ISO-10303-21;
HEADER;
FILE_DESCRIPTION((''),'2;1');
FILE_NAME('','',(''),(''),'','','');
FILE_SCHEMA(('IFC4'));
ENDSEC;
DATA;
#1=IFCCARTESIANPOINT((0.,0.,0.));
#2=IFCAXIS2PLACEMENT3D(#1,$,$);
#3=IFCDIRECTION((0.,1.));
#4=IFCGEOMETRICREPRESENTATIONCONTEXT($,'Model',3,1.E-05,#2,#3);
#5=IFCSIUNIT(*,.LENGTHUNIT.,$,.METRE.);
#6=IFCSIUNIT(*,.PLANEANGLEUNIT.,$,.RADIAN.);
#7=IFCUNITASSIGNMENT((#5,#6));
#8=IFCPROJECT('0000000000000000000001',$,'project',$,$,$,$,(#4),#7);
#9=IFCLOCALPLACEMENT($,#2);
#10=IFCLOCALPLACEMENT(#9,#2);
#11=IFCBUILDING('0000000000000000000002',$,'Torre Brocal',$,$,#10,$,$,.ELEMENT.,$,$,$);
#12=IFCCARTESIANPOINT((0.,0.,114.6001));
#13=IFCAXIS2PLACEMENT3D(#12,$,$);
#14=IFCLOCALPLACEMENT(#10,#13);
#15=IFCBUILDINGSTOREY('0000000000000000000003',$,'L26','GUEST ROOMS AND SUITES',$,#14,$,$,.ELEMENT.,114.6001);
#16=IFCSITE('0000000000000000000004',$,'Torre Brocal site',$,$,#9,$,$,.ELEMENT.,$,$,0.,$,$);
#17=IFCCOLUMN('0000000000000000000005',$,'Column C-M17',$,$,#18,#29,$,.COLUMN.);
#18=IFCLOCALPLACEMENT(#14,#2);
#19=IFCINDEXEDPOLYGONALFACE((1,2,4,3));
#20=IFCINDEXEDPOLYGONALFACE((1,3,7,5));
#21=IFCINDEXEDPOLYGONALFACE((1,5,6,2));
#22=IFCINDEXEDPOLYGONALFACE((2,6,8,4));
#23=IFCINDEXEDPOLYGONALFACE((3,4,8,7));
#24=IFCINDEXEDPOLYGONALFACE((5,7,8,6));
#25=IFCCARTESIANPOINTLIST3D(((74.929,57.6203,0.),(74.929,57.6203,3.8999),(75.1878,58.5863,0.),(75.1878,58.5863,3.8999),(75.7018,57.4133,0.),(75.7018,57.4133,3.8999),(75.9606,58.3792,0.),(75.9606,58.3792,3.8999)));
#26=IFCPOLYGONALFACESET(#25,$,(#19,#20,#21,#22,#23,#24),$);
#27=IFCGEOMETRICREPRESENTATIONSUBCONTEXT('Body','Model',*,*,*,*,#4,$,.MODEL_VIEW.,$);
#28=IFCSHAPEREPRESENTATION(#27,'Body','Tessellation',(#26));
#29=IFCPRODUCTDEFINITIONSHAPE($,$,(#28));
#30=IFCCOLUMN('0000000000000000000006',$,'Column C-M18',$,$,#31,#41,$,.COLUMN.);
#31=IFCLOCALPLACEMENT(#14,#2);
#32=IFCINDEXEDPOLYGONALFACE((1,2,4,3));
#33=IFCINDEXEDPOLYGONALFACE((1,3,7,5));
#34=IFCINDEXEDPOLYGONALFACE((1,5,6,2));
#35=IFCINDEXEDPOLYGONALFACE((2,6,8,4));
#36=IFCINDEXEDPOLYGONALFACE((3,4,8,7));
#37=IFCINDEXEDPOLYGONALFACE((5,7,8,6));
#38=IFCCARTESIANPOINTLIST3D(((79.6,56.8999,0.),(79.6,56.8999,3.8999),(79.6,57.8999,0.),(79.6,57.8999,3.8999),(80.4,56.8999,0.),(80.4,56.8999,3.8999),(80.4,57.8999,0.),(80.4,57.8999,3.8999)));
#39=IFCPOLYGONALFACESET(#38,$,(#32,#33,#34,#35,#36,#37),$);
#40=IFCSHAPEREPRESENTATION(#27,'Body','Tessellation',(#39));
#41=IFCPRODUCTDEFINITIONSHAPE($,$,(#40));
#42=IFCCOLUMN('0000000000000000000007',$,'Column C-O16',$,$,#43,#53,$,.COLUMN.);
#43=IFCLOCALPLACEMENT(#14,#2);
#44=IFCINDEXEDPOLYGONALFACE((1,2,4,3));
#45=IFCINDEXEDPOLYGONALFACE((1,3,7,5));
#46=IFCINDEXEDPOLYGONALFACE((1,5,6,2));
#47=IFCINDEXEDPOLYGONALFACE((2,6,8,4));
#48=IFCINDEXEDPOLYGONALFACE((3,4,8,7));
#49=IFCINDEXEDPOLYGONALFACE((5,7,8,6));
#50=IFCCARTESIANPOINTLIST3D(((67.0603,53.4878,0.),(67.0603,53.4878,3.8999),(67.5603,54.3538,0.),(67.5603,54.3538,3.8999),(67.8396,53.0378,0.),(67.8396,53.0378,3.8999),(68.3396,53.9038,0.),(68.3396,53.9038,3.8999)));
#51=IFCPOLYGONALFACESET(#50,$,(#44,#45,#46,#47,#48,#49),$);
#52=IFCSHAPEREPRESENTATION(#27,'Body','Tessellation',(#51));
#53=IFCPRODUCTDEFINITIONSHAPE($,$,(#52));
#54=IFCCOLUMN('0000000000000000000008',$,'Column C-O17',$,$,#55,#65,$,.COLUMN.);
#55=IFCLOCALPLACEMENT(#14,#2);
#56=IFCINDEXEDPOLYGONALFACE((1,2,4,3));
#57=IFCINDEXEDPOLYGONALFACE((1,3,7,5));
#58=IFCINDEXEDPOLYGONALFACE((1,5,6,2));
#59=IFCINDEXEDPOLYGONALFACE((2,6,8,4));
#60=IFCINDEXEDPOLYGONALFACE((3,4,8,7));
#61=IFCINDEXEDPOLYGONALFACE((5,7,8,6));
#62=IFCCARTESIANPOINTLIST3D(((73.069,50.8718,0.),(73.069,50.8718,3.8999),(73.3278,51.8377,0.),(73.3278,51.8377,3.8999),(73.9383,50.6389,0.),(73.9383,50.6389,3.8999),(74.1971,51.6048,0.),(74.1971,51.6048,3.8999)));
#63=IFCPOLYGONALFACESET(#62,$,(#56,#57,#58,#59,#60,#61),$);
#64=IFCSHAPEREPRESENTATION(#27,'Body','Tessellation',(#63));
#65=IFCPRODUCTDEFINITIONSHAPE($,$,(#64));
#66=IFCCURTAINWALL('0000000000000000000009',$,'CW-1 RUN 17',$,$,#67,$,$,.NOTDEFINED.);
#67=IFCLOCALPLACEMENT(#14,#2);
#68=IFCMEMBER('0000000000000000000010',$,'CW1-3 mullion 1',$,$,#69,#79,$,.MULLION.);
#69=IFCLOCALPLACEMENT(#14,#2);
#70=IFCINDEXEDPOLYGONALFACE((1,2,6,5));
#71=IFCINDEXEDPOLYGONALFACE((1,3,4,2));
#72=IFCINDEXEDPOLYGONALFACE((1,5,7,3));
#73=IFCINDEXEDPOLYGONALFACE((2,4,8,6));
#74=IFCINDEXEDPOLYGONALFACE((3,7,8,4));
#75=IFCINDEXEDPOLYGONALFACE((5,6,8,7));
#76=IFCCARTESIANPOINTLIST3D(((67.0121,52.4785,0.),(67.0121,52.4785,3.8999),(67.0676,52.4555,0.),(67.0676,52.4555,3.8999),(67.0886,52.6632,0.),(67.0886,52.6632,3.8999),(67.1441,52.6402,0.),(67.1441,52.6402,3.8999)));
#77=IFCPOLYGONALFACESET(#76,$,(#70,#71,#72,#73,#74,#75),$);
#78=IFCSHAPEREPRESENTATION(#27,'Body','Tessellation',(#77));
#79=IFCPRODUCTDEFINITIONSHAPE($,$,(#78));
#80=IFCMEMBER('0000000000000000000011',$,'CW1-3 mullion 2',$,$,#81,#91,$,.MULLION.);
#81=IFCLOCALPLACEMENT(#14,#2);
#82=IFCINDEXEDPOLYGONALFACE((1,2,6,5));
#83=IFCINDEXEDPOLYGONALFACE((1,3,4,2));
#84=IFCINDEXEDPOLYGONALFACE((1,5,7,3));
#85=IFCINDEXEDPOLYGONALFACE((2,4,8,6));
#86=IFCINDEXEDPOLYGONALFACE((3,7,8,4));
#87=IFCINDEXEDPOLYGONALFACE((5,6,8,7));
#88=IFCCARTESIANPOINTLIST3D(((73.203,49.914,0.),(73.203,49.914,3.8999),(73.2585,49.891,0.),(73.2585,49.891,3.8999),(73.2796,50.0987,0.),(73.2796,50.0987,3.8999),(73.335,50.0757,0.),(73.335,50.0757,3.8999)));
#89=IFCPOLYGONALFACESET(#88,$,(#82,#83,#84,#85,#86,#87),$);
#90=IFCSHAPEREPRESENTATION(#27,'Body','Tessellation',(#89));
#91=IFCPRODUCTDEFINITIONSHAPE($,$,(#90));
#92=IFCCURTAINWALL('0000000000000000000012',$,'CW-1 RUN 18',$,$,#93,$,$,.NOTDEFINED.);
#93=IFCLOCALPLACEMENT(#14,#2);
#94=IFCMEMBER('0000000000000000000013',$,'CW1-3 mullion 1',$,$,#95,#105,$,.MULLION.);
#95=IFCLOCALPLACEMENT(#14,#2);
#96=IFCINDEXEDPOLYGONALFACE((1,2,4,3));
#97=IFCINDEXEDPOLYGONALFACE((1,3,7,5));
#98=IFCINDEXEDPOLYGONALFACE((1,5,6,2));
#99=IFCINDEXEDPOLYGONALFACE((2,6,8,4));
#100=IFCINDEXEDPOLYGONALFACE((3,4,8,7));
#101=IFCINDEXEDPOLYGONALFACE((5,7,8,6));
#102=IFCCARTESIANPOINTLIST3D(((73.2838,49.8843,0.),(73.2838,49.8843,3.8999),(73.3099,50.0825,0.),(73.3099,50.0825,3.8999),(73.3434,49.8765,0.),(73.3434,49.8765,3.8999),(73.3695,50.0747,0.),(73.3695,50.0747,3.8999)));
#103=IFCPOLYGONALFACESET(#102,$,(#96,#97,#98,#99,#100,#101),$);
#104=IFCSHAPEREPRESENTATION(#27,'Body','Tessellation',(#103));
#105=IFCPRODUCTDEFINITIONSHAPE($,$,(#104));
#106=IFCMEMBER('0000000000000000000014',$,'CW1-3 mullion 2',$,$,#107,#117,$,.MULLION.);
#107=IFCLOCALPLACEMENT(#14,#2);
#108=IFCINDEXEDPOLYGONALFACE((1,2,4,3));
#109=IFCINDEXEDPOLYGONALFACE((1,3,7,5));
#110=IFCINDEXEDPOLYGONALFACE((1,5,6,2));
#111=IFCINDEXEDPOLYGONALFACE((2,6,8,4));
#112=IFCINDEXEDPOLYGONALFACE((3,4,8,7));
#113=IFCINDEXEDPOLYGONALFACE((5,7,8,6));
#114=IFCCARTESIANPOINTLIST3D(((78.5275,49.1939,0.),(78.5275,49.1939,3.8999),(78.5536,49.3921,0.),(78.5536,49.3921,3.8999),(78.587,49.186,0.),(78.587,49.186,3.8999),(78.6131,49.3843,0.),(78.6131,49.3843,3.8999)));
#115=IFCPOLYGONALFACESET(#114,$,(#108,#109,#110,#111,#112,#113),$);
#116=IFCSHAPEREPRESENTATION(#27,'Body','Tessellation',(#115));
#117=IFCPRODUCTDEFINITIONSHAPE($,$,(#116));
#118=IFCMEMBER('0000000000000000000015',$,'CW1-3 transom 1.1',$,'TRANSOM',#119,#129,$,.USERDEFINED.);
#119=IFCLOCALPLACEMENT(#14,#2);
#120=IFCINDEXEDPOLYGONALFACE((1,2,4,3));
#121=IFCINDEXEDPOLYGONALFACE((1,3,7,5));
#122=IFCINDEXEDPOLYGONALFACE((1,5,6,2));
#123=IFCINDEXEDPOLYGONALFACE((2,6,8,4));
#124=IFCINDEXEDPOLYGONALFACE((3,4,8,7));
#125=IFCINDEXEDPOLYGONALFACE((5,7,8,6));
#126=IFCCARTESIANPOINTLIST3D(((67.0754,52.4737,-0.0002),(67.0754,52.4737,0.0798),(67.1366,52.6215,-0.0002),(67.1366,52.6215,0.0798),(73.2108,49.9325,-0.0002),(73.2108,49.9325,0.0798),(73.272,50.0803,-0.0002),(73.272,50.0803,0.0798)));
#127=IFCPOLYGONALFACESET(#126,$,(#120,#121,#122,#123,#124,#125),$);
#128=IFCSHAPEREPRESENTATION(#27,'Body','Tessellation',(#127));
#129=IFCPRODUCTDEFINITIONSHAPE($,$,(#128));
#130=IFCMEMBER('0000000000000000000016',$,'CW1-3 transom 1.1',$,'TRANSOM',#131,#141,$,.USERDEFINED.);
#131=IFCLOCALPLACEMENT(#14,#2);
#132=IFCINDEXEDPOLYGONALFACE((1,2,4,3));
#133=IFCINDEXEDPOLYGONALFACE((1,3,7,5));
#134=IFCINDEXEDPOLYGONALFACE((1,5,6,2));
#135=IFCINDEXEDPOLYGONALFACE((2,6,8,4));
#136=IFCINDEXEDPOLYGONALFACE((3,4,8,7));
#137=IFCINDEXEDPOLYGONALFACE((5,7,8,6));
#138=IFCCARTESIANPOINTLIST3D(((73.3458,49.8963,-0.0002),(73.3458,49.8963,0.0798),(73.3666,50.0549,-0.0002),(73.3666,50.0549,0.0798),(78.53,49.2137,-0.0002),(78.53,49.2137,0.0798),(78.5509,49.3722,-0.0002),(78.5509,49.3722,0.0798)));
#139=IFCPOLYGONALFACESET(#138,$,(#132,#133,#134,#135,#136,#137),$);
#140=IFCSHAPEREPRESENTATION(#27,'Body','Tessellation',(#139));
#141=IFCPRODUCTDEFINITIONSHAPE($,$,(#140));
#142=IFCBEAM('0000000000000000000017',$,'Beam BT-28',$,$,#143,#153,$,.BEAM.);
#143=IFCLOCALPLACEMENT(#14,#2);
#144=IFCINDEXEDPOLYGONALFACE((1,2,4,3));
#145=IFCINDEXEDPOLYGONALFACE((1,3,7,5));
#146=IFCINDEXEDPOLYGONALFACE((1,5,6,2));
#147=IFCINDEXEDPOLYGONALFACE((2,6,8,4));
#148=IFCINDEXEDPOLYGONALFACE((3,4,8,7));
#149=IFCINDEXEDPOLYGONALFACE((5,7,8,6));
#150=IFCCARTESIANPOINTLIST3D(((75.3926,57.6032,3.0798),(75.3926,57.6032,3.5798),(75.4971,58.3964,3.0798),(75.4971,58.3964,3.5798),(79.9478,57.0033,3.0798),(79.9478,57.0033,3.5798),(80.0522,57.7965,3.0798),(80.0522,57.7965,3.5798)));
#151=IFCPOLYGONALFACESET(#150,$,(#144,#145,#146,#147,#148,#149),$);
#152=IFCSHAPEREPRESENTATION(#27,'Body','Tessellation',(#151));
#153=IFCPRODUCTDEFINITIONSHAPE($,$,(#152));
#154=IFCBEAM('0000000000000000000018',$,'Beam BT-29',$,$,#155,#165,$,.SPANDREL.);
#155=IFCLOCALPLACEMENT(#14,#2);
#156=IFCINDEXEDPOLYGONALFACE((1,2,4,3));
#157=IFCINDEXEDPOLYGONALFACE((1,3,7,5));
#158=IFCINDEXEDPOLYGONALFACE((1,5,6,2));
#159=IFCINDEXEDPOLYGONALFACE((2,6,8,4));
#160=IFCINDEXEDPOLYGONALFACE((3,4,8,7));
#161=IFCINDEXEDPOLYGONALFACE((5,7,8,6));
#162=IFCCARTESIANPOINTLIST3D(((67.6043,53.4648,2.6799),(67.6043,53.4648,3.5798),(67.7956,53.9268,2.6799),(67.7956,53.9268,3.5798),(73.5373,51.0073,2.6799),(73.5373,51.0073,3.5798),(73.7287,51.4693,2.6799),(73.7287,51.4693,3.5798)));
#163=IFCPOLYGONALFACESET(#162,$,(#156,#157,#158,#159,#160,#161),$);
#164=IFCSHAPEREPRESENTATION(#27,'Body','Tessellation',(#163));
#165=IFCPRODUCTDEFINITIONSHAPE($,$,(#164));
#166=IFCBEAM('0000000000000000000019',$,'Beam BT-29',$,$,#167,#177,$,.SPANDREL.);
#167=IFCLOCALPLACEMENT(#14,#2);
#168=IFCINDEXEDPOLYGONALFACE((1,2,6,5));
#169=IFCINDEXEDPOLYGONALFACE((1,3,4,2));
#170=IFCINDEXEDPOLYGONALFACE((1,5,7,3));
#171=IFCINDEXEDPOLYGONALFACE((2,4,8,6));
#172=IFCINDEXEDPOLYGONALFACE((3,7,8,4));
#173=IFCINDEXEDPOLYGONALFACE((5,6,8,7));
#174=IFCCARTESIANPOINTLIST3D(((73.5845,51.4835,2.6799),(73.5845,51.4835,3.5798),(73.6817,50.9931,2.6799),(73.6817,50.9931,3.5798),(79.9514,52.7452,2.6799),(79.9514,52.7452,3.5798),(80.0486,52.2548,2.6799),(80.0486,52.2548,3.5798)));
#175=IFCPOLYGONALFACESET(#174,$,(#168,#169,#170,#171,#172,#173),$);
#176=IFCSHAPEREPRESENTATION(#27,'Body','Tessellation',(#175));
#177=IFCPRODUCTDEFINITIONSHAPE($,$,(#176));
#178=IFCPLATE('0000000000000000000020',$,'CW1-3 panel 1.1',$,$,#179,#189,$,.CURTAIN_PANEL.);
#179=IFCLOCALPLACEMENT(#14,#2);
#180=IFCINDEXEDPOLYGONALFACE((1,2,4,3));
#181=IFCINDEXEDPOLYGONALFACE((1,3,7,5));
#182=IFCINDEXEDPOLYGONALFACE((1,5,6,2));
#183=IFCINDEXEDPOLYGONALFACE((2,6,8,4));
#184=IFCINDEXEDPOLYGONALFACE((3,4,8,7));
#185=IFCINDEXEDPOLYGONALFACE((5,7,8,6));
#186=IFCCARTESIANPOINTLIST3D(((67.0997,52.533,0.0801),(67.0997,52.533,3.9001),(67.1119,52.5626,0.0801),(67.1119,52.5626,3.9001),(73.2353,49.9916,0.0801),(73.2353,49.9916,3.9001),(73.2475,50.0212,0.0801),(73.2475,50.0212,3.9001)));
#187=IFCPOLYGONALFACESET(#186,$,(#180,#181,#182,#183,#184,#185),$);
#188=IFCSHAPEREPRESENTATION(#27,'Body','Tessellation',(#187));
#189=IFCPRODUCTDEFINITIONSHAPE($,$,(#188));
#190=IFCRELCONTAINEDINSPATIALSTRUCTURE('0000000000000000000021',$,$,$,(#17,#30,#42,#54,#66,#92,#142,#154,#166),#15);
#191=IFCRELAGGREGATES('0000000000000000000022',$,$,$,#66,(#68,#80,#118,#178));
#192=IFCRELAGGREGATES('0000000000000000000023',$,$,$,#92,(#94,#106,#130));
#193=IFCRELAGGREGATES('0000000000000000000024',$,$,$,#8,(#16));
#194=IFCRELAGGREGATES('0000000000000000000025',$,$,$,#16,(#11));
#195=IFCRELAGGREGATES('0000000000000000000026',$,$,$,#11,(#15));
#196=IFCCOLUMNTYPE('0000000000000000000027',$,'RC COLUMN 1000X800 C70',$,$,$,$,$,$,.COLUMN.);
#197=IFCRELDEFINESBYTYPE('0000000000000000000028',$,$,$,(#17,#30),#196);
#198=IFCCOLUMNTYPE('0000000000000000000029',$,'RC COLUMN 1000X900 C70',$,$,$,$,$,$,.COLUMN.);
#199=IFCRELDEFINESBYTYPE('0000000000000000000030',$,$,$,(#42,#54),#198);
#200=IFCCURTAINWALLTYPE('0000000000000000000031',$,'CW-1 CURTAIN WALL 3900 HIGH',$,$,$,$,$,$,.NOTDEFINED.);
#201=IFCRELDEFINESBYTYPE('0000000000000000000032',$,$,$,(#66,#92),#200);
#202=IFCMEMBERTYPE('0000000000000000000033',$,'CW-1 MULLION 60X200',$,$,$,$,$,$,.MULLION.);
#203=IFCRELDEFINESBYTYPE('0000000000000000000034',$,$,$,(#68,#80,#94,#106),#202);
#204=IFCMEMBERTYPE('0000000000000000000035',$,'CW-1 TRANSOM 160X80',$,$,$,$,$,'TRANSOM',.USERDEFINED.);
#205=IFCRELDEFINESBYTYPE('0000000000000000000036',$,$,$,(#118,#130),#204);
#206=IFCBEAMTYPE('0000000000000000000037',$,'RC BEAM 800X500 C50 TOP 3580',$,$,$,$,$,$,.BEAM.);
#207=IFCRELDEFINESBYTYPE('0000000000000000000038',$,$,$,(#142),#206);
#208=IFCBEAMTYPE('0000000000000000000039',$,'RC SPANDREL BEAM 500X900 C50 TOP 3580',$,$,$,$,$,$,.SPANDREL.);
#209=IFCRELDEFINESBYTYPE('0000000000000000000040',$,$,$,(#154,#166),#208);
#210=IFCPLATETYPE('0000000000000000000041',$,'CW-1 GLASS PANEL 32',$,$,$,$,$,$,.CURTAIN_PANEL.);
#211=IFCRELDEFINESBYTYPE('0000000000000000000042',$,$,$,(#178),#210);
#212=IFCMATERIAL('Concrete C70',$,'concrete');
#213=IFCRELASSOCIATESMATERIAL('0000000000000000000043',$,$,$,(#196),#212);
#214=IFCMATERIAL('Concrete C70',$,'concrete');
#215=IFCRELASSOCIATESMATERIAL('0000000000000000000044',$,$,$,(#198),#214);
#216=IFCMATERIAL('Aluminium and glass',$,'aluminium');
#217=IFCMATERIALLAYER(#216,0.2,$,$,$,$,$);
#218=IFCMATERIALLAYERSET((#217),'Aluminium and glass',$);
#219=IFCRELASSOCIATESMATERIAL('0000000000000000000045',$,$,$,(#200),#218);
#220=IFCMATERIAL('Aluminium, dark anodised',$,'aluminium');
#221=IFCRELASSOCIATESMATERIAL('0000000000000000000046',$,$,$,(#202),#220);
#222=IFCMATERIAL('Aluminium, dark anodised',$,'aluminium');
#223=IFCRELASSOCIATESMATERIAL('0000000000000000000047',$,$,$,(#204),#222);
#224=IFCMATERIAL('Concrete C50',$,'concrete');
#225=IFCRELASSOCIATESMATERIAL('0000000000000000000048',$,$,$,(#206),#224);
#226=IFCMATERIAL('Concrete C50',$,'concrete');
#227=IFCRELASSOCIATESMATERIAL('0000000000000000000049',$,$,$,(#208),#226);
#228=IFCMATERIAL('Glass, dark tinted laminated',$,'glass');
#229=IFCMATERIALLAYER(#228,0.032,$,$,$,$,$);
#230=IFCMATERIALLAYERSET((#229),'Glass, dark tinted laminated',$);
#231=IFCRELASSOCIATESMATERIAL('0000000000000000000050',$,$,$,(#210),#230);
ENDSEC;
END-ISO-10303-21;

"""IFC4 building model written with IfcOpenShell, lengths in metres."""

from ifc_helpers import new_model, si_unit, direction, frame, origin, origin_2d, place, context, subcontext, project, spatial, rectangle, extrude, material, layer, layer_set, material_profile, profile_set, type_object, element, aggregate, save


model = new_model("IFC4")

# Units and contexts
model_context = context("Model", 3, precision=1e-05, world=origin(), true_north=direction((0.0, 1.0)))
body_context = subcontext(model_context, "Body", "Model", "MODEL_VIEW")
ifc_project = project(units=[si_unit("LENGTHUNIT", "METRE"), si_unit("PLANEANGLEUNIT", "RADIAN")], contexts=[model_context])

# Site, building, storey
site_placement = place(None, origin())
site = spatial("IfcSite", under=ifc_project, at=site_placement, Name="Torre Brocal site", CompositionType="ELEMENT", RefElevation=0.0)
building_placement = place(site_placement, origin())
building = spatial("IfcBuilding", under=site, at=building_placement, Name="Torre Brocal", CompositionType="ELEMENT")
storey_placement = place(building_placement, frame((0.0, 0.0, 114.6001)))
storey = spatial("IfcBuildingStorey", under=building, at=storey_placement, Name="L26", Description="GUEST ROOMS AND SUITES", CompositionType="ELEMENT", Elevation=114.6001)

# Columns
ifc_material_1 = material(Name="Concrete C70", Category="concrete")
ifc_material_profile_1 = material_profile(ifc_material_1, rectangle(XDim=1.0, YDim=0.8, at=origin_2d()), Name="RC 1000X800")
ifc_profile_set_1 = profile_set([ifc_material_profile_1], Name="Concrete C70")
column_type_1 = type_object("IfcColumnType", Name="RC COLUMN 1000X800 C70", PredefinedType="COLUMN", material=ifc_profile_set_1)
for number, where, z_axis, x_axis, name in (
    (1, (75.4448, 57.9998, 0.0), (0.0, 0.0, 1.0), (-0.258819, -0.965926, 0.0), "Column C-M17"),
    (2, (80.0, 57.3999, 0.0), (0.0, 0.0, 1.0), (0.0, -1.0, 0.0), "Column C-M18"),
):
    element("IfcColumn", number, at=place(storey_placement, frame(where, z_axis=z_axis, x_axis=x_axis)), inside=storey, type_object=column_type_1, Name=name, PredefinedType="COLUMN", context=body_context, shape_type="SweptSolid", body=[
        extrude(rectangle(XDim=1.0, YDim=0.8, at=origin_2d()), origin(), (0.0, 0.0, 1.0), 3.8999),
    ])
ifc_material_2 = material(Name="Concrete C70", Category="concrete")
ifc_material_profile_2 = material_profile(ifc_material_2, rectangle(XDim=1.0, YDim=0.8999, at=origin_2d()), Name="RC 1000X900")
ifc_profile_set_2 = profile_set([ifc_material_profile_2], Name="Concrete C70")
column_type_2 = type_object("IfcColumnType", Name="RC COLUMN 1000X900 C70", PredefinedType="COLUMN", material=ifc_profile_set_2)
for number, where, z_axis, x_axis, name in (
    (3, (67.7, 53.6958, 0.0), (0.0, 0.0, 1.0), (-0.5, -0.866025, 0.0), "Column C-O16"),
    (4, (73.6331, 51.2383, 0.0), (0.0, 0.0, 1.0), (-0.258819, -0.965926, 0.0), "Column C-O17"),
):
    element("IfcColumn", number, at=place(storey_placement, frame(where, z_axis=z_axis, x_axis=x_axis)), inside=storey, type_object=column_type_2, Name=name, PredefinedType="COLUMN", context=body_context, shape_type="SweptSolid", body=[
        extrude(rectangle(XDim=1.0, YDim=0.8999, at=origin_2d()), origin(), (0.0, 0.0, 1.0), 3.8999),
    ])

# Curtain walls, members
ifc_material_3 = material(Name="Aluminium and glass", Category="aluminium")
ifc_layer_1 = layer(ifc_material_3, 0.2)
ifc_layer_set_1 = layer_set([ifc_layer_1], Name="Aluminium and glass")
curtain_wall_type = type_object("IfcCurtainWallType", Name="CW-1 CURTAIN WALL 3900 HIGH", PredefinedType="NOTDEFINED", material=ifc_layer_set_1)
curtain_wall_1_placement = place(storey_placement, origin())
curtain_wall_1 = element("IfcCurtainWall", 5, at=curtain_wall_1_placement, inside=storey, type_object=curtain_wall_type, Name="CW-1 RUN 17", PredefinedType="NOTDEFINED")
ifc_material_4 = material(Name="Aluminium, dark anodised", Category="aluminium")
ifc_material_profile_3 = material_profile(ifc_material_4, rectangle(XDim=0.2, YDim=0.0601, at=origin_2d()), Name="CW-1 MULLION 60X200")
ifc_profile_set_3 = profile_set([ifc_material_profile_3], Name="Aluminium, dark anodised")
member_type_1 = type_object("IfcMemberType", Name="CW-1 MULLION 60X200", PredefinedType="MULLION", material=ifc_profile_set_3)
member_1_placement = place(storey_placement, frame((67.0781, 52.5593, 0.0), z_axis=(0.0, 0.0, 1.0), x_axis=(0.382683, 0.92388, 0.0)))
member_1 = element("IfcMember", 6, at=member_1_placement, type_object=member_type_1, Name="CW1-3 mullion 1", PredefinedType="MULLION", context=body_context, shape_type="SweptSolid", body=[
    extrude(rectangle(XDim=0.2, YDim=0.0601, at=origin_2d()), origin(), (0.0, 0.0, 1.0), 3.8999),
])
member_2_placement = place(storey_placement, frame((73.269, 49.9949, 0.0), z_axis=(0.0, 0.0, 1.0), x_axis=(0.382683, 0.92388, 0.0)))
member_2 = element("IfcMember", 7, at=member_2_placement, type_object=member_type_1, Name="CW1-3 mullion 2", PredefinedType="MULLION", context=body_context, shape_type="SweptSolid", body=[
    extrude(rectangle(XDim=0.2, YDim=0.0601, at=origin_2d()), origin(), (0.0, 0.0, 1.0), 3.8999),
])
curtain_wall_2_placement = place(storey_placement, origin())
curtain_wall_2 = element("IfcCurtainWall", 8, at=curtain_wall_2_placement, inside=storey, type_object=curtain_wall_type, Name="CW-1 RUN 18", PredefinedType="NOTDEFINED")
member_3_placement = place(storey_placement, frame((73.3267, 49.9795, 0.0), z_axis=(0.0, 0.0, 1.0), x_axis=(0.130526, 0.991445, 0.0)))
member_3 = element("IfcMember", 9, at=member_3_placement, type_object=member_type_1, Name="CW1-3 mullion 1", PredefinedType="MULLION", context=body_context, shape_type="SweptSolid", body=[
    extrude(rectangle(XDim=0.2, YDim=0.0601, at=origin_2d()), origin(), (0.0, 0.0, 1.0), 3.8999),
])
member_4_placement = place(storey_placement, frame((78.5703, 49.2891, 0.0), z_axis=(0.0, 0.0, 1.0), x_axis=(0.130526, 0.991445, 0.0)))
member_4 = element("IfcMember", 10, at=member_4_placement, type_object=member_type_1, Name="CW1-3 mullion 2", PredefinedType="MULLION", context=body_context, shape_type="SweptSolid", body=[
    extrude(rectangle(XDim=0.2, YDim=0.0601, at=origin_2d()), origin(), (0.0, 0.0, 1.0), 3.8999),
])

# Members
ifc_material_5 = material(Name="Aluminium, dark anodised", Category="aluminium")
ifc_material_profile_4 = material_profile(ifc_material_5, rectangle(XDim=0.1599, YDim=0.0801, at=origin_2d()), Name="CW-1 TRANSOM 160X80")
ifc_profile_set_4 = profile_set([ifc_material_profile_4], Name="Aluminium, dark anodised")
member_type_2 = type_object("IfcMemberType", Name="CW-1 TRANSOM 160X80", ElementType="TRANSOM", PredefinedType="USERDEFINED", material=ifc_profile_set_4)
member_5_placement = place(storey_placement, frame((67.106, 52.5476, 0.0398), z_axis=(0.923887, -0.382665, 0.0), x_axis=(0.382665, 0.923887, 0.0)))
member_5 = element("IfcMember", 11, at=member_5_placement, type_object=member_type_2, Name="CW1-3 transom 1.1", ObjectType="TRANSOM", PredefinedType="USERDEFINED", context=body_context, shape_type="SweptSolid", body=[
    extrude(rectangle(XDim=0.1599, YDim=0.0801, at=origin_2d()), origin(), (0.0, 0.0, 1.0), 6.6409),
])
member_6_placement = place(storey_placement, frame((73.3562, 49.9756, 0.0398), z_axis=(0.991443, -0.130543, 0.0), x_axis=(0.130543, 0.991443, 0.0)))
member_6 = element("IfcMember", 12, at=member_6_placement, type_object=member_type_2, Name="CW1-3 transom 1.1", ObjectType="TRANSOM", PredefinedType="USERDEFINED", context=body_context, shape_type="SweptSolid", body=[
    extrude(rectangle(XDim=0.1599, YDim=0.0801, at=origin_2d()), origin(), (0.0, 0.0, 1.0), 5.229),
])

# Beams
ifc_material_6 = material(Name="Concrete C50", Category="concrete")
ifc_material_profile_5 = material_profile(ifc_material_6, rectangle(XDim=0.8, YDim=0.5, at=origin_2d()), Name="RC 800X500")
ifc_profile_set_5 = profile_set([ifc_material_profile_5], Name="Concrete C50")
beam_type_1 = type_object("IfcBeamType", Name="RC BEAM 800X500 C50 TOP 3580", PredefinedType="BEAM", material=ifc_profile_set_5)
beam_1_placement = place(storey_placement, frame((75.4448, 57.9998, 3.3298), z_axis=(0.991441, -0.130559, 0.0), x_axis=(0.130559, 0.991441, 0.0)))
element("IfcBeam", 13, at=beam_1_placement, inside=storey, type_object=beam_type_1, Name="Beam BT-28", PredefinedType="BEAM", context=body_context, shape_type="SweptSolid", body=[
    extrude(rectangle(XDim=0.8, YDim=0.5, at=origin_2d()), origin(), (0.0, 0.0, 1.0), 4.5945),
])
ifc_material_7 = material(Name="Concrete C50", Category="concrete")
ifc_material_profile_6 = material_profile(ifc_material_7, rectangle(XDim=0.5, YDim=0.8999, at=origin_2d()), Name="RC 500X900")
ifc_profile_set_6 = profile_set([ifc_material_profile_6], Name="Concrete C50")
beam_type_2 = type_object("IfcBeamType", Name="RC SPANDREL BEAM 500X900 C50 TOP 3580", PredefinedType="SPANDREL", material=ifc_profile_set_6)
beam_2_placement = place(storey_placement, frame((67.7, 53.6958, 3.1299), z_axis=(0.923882, -0.382676, 0.0), x_axis=(0.382676, 0.923882, 0.0)))
element("IfcBeam", 14, at=beam_2_placement, inside=storey, type_object=beam_type_2, Name="Beam BT-29", PredefinedType="SPANDREL", context=body_context, shape_type="SweptSolid", body=[
    extrude(rectangle(XDim=0.5, YDim=0.8999, at=origin_2d()), origin(), (0.0, 0.0, 1.0), 6.4219),
])
beam_3_placement = place(storey_placement, frame((73.6331, 51.2383, 3.1299), z_axis=(0.980925, 0.194387, 0.0), x_axis=(-0.194387, 0.980925, 0.0)))
element("IfcBeam", 15, at=beam_3_placement, inside=storey, type_object=beam_type_2, Name="Beam BT-29", PredefinedType="SPANDREL", context=body_context, shape_type="SweptSolid", body=[
    extrude(rectangle(XDim=0.5, YDim=0.8999, at=origin_2d()), origin(), (0.0, 0.0, 1.0), 6.4907),
])

# Plate
ifc_material_8 = material(Name="Glass, dark tinted laminated", Category="glass")
ifc_layer_2 = layer(ifc_material_8, 0.032)
ifc_layer_set_2 = layer_set([ifc_layer_2], Name="Glass, dark tinted laminated")
plate_type = type_object("IfcPlateType", Name="CW-1 GLASS PANEL 32", PredefinedType="CURTAIN_PANEL", material=ifc_layer_set_2)
plate_1_placement = place(storey_placement, frame((70.1736, 51.2771, 0.0801), z_axis=(0.0, 0.0, 1.0), x_axis=(0.92388, -0.382683, 0.0)))
plate_1 = element("IfcPlate", 16, at=plate_1_placement, type_object=plate_type, Name="CW1-3 panel 1.1", PredefinedType="CURTAIN_PANEL", context=body_context, shape_type="SweptSolid", body=[
    extrude(rectangle(XDim=6.6411, YDim=0.032, at=origin_2d()), origin(), (0.0, 0.0, 1.0), 3.8201),
])
aggregate(curtain_wall_1, [member_1, member_2, member_5, plate_1])
aggregate(curtain_wall_2, [member_3, member_4, member_6])

save(model, "model.ifc")
